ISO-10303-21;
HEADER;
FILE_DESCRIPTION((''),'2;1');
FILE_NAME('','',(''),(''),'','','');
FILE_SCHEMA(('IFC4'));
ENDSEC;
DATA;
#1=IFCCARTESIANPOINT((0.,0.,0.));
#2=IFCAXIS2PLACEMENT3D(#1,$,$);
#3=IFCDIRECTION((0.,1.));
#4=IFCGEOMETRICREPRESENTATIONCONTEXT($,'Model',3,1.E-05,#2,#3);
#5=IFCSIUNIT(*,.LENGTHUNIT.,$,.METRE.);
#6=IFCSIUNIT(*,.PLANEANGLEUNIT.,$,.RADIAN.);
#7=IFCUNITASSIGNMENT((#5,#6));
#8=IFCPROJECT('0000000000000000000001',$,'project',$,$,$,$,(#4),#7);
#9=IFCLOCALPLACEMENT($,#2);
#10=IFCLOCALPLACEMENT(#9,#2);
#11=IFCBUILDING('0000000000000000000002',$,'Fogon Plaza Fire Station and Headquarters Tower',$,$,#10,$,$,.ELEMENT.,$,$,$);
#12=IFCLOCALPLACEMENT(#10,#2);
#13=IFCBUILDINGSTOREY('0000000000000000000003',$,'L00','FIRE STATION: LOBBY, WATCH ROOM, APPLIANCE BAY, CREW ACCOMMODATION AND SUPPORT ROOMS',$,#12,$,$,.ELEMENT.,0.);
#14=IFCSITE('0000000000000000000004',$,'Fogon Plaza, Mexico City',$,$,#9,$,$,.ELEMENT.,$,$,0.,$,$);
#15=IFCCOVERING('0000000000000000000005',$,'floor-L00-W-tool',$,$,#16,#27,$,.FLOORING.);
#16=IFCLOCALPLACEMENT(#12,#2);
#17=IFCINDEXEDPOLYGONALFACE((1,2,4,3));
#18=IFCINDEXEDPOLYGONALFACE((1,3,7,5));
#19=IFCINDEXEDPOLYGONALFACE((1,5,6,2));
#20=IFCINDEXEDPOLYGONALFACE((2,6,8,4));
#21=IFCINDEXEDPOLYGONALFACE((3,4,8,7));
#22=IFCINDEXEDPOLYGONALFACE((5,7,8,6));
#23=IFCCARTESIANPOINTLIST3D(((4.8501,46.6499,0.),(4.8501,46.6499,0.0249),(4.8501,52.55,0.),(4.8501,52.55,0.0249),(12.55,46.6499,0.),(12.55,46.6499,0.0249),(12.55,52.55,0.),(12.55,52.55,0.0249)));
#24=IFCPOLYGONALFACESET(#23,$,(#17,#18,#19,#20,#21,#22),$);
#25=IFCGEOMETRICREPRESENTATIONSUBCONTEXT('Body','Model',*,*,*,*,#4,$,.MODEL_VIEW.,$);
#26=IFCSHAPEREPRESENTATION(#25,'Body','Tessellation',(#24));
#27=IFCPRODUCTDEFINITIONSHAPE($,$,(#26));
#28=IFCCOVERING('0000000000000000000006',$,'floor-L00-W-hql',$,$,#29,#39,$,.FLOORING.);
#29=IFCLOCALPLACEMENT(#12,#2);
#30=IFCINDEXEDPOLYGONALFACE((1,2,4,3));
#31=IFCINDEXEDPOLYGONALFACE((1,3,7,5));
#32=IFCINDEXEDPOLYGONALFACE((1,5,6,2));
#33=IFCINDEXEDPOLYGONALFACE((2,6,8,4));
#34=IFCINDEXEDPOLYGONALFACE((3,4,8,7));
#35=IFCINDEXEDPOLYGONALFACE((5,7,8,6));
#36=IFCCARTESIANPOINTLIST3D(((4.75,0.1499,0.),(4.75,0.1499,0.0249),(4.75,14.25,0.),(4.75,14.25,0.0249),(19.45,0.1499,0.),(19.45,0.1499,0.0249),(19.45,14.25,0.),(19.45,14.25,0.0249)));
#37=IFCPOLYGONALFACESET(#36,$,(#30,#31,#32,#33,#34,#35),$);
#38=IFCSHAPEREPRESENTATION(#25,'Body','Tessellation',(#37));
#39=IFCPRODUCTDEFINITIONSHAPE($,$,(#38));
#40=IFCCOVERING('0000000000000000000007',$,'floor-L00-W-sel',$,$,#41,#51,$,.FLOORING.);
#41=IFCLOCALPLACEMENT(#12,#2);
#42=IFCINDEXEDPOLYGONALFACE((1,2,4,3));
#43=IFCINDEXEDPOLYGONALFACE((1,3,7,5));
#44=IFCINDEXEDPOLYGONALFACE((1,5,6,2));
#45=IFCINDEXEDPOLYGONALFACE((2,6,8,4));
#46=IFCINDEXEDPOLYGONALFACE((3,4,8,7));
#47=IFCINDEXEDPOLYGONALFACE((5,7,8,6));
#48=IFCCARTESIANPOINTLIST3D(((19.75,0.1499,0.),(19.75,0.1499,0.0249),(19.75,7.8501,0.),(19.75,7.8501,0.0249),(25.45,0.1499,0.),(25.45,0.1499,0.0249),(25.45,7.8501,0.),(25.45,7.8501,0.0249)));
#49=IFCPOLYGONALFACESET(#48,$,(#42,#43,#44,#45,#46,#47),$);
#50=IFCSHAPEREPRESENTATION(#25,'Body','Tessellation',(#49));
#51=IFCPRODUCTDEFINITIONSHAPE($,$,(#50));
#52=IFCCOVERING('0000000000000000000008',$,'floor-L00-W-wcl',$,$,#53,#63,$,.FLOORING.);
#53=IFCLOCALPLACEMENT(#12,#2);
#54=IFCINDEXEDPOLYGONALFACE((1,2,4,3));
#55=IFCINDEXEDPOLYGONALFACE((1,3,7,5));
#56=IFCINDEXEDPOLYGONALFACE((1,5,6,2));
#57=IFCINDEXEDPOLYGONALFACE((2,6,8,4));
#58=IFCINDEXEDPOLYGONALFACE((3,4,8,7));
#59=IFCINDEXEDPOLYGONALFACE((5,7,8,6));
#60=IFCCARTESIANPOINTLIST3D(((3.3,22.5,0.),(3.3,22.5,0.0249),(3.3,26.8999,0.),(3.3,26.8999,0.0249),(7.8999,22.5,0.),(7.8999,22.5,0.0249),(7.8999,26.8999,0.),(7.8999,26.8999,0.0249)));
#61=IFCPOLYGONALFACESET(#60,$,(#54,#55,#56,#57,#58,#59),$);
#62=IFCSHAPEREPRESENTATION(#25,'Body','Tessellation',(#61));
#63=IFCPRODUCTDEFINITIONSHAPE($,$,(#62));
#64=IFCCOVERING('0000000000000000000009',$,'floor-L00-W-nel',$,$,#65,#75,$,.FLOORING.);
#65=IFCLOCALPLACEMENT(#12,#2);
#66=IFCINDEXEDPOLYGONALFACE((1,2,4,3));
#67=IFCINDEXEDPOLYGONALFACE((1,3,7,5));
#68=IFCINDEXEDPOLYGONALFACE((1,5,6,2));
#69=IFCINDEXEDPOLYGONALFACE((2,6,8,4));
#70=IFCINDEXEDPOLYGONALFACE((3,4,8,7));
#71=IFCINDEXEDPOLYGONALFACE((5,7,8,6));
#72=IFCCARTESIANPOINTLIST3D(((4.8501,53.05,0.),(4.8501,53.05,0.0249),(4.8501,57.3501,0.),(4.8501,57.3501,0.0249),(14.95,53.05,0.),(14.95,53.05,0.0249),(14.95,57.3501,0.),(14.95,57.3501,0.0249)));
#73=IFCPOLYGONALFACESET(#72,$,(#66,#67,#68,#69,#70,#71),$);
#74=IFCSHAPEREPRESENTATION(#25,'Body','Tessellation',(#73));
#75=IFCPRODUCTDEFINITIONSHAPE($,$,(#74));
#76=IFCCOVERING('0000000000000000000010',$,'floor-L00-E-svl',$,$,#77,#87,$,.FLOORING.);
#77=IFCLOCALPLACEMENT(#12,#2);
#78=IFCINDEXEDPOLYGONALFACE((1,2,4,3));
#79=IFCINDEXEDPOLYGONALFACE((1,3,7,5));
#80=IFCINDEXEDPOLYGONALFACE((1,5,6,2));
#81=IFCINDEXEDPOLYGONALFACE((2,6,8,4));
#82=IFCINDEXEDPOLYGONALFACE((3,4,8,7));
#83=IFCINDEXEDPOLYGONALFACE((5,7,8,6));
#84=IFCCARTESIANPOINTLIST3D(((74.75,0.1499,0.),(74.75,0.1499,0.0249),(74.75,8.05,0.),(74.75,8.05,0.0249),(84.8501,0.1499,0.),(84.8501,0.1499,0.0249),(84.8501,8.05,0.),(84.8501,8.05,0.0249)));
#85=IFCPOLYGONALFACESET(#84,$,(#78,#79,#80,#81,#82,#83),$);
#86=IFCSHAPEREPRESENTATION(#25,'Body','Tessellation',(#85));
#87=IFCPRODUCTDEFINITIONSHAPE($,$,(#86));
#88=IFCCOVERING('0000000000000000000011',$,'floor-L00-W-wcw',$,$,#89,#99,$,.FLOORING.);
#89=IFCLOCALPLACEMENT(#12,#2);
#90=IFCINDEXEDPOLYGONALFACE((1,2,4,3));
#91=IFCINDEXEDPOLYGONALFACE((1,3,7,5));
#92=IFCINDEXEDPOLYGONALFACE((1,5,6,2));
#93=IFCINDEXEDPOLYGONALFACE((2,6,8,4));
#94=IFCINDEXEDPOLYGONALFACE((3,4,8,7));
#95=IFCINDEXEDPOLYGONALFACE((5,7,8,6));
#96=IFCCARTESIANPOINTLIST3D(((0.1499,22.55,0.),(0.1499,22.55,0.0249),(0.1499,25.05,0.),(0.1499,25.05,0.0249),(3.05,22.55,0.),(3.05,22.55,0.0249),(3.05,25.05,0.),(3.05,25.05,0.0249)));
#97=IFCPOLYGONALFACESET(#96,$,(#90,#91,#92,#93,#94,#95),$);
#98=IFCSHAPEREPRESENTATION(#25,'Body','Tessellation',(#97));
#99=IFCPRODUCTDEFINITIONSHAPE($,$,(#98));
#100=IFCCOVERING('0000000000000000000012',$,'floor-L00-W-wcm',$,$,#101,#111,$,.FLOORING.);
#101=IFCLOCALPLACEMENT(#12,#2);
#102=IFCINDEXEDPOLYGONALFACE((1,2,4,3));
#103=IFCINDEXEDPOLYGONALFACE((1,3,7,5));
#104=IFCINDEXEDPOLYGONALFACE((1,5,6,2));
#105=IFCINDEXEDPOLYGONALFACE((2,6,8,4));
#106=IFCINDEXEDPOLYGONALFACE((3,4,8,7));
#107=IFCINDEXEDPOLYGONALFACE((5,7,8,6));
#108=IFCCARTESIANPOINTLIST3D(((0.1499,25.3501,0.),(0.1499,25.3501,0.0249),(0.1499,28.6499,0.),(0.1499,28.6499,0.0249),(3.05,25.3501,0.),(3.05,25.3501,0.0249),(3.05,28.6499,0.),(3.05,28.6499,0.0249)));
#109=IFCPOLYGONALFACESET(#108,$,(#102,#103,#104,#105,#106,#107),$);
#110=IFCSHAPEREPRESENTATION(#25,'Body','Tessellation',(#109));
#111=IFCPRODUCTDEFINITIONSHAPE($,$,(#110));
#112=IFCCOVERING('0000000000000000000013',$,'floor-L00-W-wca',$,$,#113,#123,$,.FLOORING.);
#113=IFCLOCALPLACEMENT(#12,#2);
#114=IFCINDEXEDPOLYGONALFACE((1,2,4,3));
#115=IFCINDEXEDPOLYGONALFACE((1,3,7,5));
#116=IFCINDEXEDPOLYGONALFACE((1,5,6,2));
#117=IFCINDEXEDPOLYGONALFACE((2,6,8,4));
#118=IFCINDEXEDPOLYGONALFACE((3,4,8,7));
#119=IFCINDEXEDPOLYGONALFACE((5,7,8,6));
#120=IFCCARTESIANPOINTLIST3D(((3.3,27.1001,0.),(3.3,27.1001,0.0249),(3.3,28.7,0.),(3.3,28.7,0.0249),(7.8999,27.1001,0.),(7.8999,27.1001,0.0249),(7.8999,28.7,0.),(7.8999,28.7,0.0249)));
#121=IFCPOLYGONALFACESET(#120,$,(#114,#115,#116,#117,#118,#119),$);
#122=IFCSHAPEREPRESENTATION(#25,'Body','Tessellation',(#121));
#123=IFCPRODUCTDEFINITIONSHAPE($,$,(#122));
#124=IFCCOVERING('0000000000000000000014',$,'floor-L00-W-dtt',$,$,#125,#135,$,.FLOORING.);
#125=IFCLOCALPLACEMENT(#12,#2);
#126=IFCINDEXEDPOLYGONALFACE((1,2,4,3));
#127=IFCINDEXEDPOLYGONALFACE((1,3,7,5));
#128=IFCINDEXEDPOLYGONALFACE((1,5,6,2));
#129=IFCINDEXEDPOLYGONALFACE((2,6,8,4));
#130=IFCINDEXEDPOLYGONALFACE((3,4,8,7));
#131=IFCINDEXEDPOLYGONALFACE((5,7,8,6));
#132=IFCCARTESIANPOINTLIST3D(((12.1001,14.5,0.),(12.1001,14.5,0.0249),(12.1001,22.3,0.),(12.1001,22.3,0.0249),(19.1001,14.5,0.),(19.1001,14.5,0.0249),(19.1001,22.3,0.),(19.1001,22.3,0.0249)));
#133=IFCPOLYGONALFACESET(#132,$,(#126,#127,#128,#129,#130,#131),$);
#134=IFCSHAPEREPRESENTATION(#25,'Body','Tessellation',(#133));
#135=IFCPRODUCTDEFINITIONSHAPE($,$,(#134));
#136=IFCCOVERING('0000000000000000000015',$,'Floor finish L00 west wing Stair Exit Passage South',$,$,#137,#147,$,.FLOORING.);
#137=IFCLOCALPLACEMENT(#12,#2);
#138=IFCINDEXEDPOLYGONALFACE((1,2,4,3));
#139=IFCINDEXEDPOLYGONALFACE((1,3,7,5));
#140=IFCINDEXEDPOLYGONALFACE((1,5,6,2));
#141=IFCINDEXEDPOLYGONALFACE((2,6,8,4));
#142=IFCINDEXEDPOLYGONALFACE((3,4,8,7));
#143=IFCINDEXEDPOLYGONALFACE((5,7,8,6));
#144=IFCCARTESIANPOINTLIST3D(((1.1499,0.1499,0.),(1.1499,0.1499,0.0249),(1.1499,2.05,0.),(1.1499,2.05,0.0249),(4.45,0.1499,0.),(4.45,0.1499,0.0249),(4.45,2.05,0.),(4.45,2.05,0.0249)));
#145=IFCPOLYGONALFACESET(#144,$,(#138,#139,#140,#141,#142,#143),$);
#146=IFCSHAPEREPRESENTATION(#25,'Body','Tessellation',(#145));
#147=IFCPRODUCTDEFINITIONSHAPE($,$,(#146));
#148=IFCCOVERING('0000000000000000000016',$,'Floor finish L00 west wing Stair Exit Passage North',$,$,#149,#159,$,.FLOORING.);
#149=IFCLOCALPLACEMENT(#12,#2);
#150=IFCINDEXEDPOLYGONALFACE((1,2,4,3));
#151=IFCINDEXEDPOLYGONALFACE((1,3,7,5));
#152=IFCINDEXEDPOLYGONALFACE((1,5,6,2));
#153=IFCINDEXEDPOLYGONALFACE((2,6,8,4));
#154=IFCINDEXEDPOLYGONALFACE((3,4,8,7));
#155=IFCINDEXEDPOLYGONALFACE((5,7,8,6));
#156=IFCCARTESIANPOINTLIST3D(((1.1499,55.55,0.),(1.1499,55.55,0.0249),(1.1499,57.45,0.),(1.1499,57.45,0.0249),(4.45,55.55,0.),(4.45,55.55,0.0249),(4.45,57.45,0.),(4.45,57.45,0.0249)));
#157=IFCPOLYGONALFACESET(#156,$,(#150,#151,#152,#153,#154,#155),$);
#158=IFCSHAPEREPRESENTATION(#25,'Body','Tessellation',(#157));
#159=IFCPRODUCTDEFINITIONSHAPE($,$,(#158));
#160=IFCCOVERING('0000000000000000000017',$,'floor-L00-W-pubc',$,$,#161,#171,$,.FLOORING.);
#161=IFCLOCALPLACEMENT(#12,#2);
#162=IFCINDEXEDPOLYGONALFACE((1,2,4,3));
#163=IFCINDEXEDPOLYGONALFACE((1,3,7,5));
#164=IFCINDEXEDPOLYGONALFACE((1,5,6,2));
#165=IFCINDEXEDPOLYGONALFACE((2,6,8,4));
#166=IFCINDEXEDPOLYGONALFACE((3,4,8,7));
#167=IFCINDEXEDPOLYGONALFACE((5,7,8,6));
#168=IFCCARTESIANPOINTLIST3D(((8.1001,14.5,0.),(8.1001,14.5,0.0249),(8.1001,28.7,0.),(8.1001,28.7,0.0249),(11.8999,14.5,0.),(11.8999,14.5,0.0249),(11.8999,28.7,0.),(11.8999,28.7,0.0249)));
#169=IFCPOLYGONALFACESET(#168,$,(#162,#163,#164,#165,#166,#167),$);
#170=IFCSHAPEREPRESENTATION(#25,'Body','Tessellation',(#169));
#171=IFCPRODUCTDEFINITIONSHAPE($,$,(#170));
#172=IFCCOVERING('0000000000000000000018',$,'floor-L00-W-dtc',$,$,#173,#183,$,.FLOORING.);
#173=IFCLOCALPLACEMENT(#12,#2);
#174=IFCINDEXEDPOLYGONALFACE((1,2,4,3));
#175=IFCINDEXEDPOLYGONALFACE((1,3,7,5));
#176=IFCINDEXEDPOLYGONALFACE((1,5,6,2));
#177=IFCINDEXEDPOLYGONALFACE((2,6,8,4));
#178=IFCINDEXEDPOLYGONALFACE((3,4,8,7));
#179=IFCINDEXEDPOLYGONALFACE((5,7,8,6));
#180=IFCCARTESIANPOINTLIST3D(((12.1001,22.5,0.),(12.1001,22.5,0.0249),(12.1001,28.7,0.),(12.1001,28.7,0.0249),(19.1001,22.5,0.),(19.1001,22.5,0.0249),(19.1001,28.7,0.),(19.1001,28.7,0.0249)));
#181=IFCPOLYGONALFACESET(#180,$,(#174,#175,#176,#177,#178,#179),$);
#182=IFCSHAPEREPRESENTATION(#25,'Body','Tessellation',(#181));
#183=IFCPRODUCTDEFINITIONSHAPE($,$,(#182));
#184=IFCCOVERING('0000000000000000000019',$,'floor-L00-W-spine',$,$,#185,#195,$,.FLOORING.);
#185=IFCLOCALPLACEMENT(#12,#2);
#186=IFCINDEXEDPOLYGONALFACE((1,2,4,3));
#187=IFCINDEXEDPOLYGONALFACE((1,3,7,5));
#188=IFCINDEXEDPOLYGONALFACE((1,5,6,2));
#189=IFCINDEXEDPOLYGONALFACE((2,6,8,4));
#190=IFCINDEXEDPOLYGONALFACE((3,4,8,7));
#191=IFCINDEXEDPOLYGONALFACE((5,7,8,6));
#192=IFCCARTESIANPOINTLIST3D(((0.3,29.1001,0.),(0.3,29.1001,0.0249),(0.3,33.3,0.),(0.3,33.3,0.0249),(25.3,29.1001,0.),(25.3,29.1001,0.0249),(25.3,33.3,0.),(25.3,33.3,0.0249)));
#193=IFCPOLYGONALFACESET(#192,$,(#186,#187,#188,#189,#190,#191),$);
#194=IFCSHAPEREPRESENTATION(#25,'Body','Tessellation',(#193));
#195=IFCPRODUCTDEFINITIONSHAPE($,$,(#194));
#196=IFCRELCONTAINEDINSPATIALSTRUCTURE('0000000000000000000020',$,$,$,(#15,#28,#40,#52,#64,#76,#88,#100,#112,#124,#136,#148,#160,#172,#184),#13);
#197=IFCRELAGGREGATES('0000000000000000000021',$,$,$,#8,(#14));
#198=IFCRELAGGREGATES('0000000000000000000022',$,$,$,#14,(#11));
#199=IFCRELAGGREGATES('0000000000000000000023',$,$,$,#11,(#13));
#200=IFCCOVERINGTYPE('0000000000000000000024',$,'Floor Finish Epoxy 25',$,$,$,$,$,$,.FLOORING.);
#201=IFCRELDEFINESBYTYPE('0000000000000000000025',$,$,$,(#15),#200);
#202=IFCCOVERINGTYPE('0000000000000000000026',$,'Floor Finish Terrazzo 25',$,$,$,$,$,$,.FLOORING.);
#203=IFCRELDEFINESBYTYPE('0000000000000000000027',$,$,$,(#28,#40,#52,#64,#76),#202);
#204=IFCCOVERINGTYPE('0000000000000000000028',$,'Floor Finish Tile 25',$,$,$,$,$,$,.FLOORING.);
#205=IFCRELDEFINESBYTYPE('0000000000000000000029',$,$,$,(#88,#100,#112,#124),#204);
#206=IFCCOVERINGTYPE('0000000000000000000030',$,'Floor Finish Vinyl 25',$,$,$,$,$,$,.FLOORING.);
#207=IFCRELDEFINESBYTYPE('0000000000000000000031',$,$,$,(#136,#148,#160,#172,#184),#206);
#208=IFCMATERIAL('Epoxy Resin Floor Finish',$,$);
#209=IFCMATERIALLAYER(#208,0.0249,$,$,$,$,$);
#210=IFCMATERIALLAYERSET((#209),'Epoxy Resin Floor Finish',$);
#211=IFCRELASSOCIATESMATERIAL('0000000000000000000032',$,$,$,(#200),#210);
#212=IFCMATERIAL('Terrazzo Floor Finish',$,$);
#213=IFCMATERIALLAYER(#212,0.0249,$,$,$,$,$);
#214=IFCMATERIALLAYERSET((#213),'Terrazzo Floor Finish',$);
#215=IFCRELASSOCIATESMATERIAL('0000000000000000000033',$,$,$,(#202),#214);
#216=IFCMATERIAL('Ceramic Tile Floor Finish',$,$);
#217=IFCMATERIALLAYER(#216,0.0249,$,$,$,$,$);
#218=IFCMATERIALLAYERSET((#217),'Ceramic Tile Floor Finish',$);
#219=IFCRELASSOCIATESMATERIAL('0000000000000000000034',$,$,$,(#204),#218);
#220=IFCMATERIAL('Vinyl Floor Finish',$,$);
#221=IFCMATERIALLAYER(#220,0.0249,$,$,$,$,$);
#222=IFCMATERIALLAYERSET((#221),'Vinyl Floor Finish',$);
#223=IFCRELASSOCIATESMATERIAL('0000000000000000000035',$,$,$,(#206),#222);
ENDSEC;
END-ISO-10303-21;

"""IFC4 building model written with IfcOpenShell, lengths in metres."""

from ifc_helpers import new_model, si_unit, direction, origin, place, context, subcontext, project, spatial, polyline, outline, extrude, material, layer, layer_set, type_object, element, save


model = new_model("IFC4")

# Units and contexts
model_context = context("Model", 3, precision=1e-05, world=origin(), true_north=direction((0.0, 1.0)))
body_context = subcontext(model_context, "Body", "Model", "MODEL_VIEW")
ifc_project = project(units=[si_unit("LENGTHUNIT", "METRE"), si_unit("PLANEANGLEUNIT", "RADIAN")], contexts=[model_context])

# Site, building, storey
site_placement = place(None, origin())
site = spatial("IfcSite", under=ifc_project, at=site_placement, Name="Fogon Plaza, Mexico City", CompositionType="ELEMENT", RefElevation=0.0)
building_placement = place(site_placement, origin())
building = spatial("IfcBuilding", under=site, at=building_placement, Name="Fogon Plaza Fire Station and Headquarters Tower", CompositionType="ELEMENT")
storey_placement = place(building_placement, origin())
storey = spatial("IfcBuildingStorey", under=building, at=storey_placement, Name="L00", Description="FIRE STATION: LOBBY, WATCH ROOM, APPLIANCE BAY, CREW ACCOMMODATION AND SUPPORT ROOMS", CompositionType="ELEMENT", Elevation=0.0)

# Coverings
ifc_material_1 = material(Name="Epoxy Resin Floor Finish")
ifc_layer_1 = layer(ifc_material_1, 0.0249)
ifc_layer_set_1 = layer_set([ifc_layer_1], Name="Epoxy Resin Floor Finish")
covering_type_1 = type_object("IfcCoveringType", Name="Floor Finish Epoxy 25", PredefinedType="FLOORING", material=ifc_layer_set_1)
covering_1_placement = place(storey_placement, origin())
element("IfcCovering", 1, at=covering_1_placement, inside=storey, type_object=covering_type_1, Name="floor-L00-W-tool", PredefinedType="FLOORING", context=body_context, shape_type="SweptSolid", body=[
    extrude(outline(polyline([(4.8501, 46.6499), (4.8501, 52.55), (12.55, 52.55), (12.55, 46.6499), (4.8501, 46.6499)])), origin(), (0.0, 0.0, 1.0), 0.0249),
])
ifc_material_2 = material(Name="Terrazzo Floor Finish")
ifc_layer_2 = layer(ifc_material_2, 0.0249)
ifc_layer_set_2 = layer_set([ifc_layer_2], Name="Terrazzo Floor Finish")
covering_type_2 = type_object("IfcCoveringType", Name="Floor Finish Terrazzo 25", PredefinedType="FLOORING", material=ifc_layer_set_2)
covering_2_placement = place(storey_placement, origin())
element("IfcCovering", 2, at=covering_2_placement, inside=storey, type_object=covering_type_2, Name="floor-L00-W-hql", PredefinedType="FLOORING", context=body_context, shape_type="SweptSolid", body=[
    extrude(outline(polyline([(4.75, 0.1499), (4.75, 14.25), (19.45, 14.25), (19.45, 0.1499), (4.75, 0.1499)])), origin(), (0.0, 0.0, 1.0), 0.0249),
])
covering_3_placement = place(storey_placement, origin())
element("IfcCovering", 3, at=covering_3_placement, inside=storey, type_object=covering_type_2, Name="floor-L00-W-sel", PredefinedType="FLOORING", context=body_context, shape_type="SweptSolid", body=[
    extrude(outline(polyline([(19.75, 0.1499), (19.75, 7.8501), (25.45, 7.8501), (25.45, 0.1499), (19.75, 0.1499)])), origin(), (0.0, 0.0, 1.0), 0.0249),
])
covering_4_placement = place(storey_placement, origin())
element("IfcCovering", 4, at=covering_4_placement, inside=storey, type_object=covering_type_2, Name="floor-L00-W-wcl", PredefinedType="FLOORING", context=body_context, shape_type="SweptSolid", body=[
    extrude(outline(polyline([(3.3, 22.5), (3.3, 26.8999), (7.8999, 26.8999), (7.8999, 22.5), (3.3, 22.5)])), origin(), (0.0, 0.0, 1.0), 0.0249),
])
covering_5_placement = place(storey_placement, origin())
element("IfcCovering", 5, at=covering_5_placement, inside=storey, type_object=covering_type_2, Name="floor-L00-W-nel", PredefinedType="FLOORING", context=body_context, shape_type="SweptSolid", body=[
    extrude(outline(polyline([(4.8501, 53.05), (4.8501, 57.3501), (14.95, 57.3501), (14.95, 53.05), (4.8501, 53.05)])), origin(), (0.0, 0.0, 1.0), 0.0249),
])
covering_6_placement = place(storey_placement, origin())
element("IfcCovering", 6, at=covering_6_placement, inside=storey, type_object=covering_type_2, Name="floor-L00-E-svl", PredefinedType="FLOORING", context=body_context, shape_type="SweptSolid", body=[
    extrude(outline(polyline([(74.75, 0.1499), (74.75, 8.05), (84.8501, 8.05), (84.8501, 0.1499), (74.75, 0.1499)])), origin(), (0.0, 0.0, 1.0), 0.0249),
])
ifc_material_3 = material(Name="Ceramic Tile Floor Finish")
ifc_layer_3 = layer(ifc_material_3, 0.0249)
ifc_layer_set_3 = layer_set([ifc_layer_3], Name="Ceramic Tile Floor Finish")
covering_type_3 = type_object("IfcCoveringType", Name="Floor Finish Tile 25", PredefinedType="FLOORING", material=ifc_layer_set_3)
covering_7_placement = place(storey_placement, origin())
element("IfcCovering", 7, at=covering_7_placement, inside=storey, type_object=covering_type_3, Name="floor-L00-W-wcw", PredefinedType="FLOORING", context=body_context, shape_type="SweptSolid", body=[
    extrude(outline(polyline([(0.1499, 22.55), (0.1499, 25.05), (3.05, 25.05), (3.05, 22.55), (0.1499, 22.55)])), origin(), (0.0, 0.0, 1.0), 0.0249),
])
covering_8_placement = place(storey_placement, origin())
element("IfcCovering", 8, at=covering_8_placement, inside=storey, type_object=covering_type_3, Name="floor-L00-W-wcm", PredefinedType="FLOORING", context=body_context, shape_type="SweptSolid", body=[
    extrude(outline(polyline([(0.1499, 25.3501), (0.1499, 28.6499), (3.05, 28.6499), (3.05, 25.3501), (0.1499, 25.3501)])), origin(), (0.0, 0.0, 1.0), 0.0249),
])
covering_9_placement = place(storey_placement, origin())
element("IfcCovering", 9, at=covering_9_placement, inside=storey, type_object=covering_type_3, Name="floor-L00-W-wca", PredefinedType="FLOORING", context=body_context, shape_type="SweptSolid", body=[
    extrude(outline(polyline([(3.3, 27.1001), (3.3, 28.7), (7.8999, 28.7), (7.8999, 27.1001), (3.3, 27.1001)])), origin(), (0.0, 0.0, 1.0), 0.0249),
])
covering_10_placement = place(storey_placement, origin())
element("IfcCovering", 10, at=covering_10_placement, inside=storey, type_object=covering_type_3, Name="floor-L00-W-dtt", PredefinedType="FLOORING", context=body_context, shape_type="SweptSolid", body=[
    extrude(outline(polyline([(12.1001, 14.5), (12.1001, 22.3), (19.1001, 22.3), (19.1001, 14.5), (12.1001, 14.5)])), origin(), (0.0, 0.0, 1.0), 0.0249),
])
ifc_material_4 = material(Name="Vinyl Floor Finish")
ifc_layer_4 = layer(ifc_material_4, 0.0249)
ifc_layer_set_4 = layer_set([ifc_layer_4], Name="Vinyl Floor Finish")
covering_type_4 = type_object("IfcCoveringType", Name="Floor Finish Vinyl 25", PredefinedType="FLOORING", material=ifc_layer_set_4)
covering_11_placement = place(storey_placement, origin())
element("IfcCovering", 11, at=covering_11_placement, inside=storey, type_object=covering_type_4, Name="Floor finish L00 west wing Stair Exit Passage South", PredefinedType="FLOORING", context=body_context, shape_type="SweptSolid", body=[
    extrude(outline(polyline([(1.1499, 0.1499), (1.1499, 2.05), (4.45, 2.05), (4.45, 0.1499), (1.1499, 0.1499)])), origin(), (0.0, 0.0, 1.0), 0.0249),
])
covering_12_placement = place(storey_placement, origin())
element("IfcCovering", 12, at=covering_12_placement, inside=storey, type_object=covering_type_4, Name="Floor finish L00 west wing Stair Exit Passage North", PredefinedType="FLOORING", context=body_context, shape_type="SweptSolid", body=[
    extrude(outline(polyline([(1.1499, 55.55), (1.1499, 57.45), (4.45, 57.45), (4.45, 55.55), (1.1499, 55.55)])), origin(), (0.0, 0.0, 1.0), 0.0249),
])
covering_13_placement = place(storey_placement, origin())
element("IfcCovering", 13, at=covering_13_placement, inside=storey, type_object=covering_type_4, Name="floor-L00-W-pubc", PredefinedType="FLOORING", context=body_context, shape_type="SweptSolid", body=[
    extrude(outline(polyline([(8.1001, 14.5), (8.1001, 28.7), (11.8999, 28.7), (11.8999, 14.5), (8.1001, 14.5)])), origin(), (0.0, 0.0, 1.0), 0.0249),
])
covering_14_placement = place(storey_placement, origin())
element("IfcCovering", 14, at=covering_14_placement, inside=storey, type_object=covering_type_4, Name="floor-L00-W-dtc", PredefinedType="FLOORING", context=body_context, shape_type="SweptSolid", body=[
    extrude(outline(polyline([(12.1001, 22.5), (12.1001, 28.7), (19.1001, 28.7), (19.1001, 22.5), (12.1001, 22.5)])), origin(), (0.0, 0.0, 1.0), 0.0249),
])
covering_15_placement = place(storey_placement, origin())
element("IfcCovering", 15, at=covering_15_placement, inside=storey, type_object=covering_type_4, Name="floor-L00-W-spine", PredefinedType="FLOORING", context=body_context, shape_type="SweptSolid", body=[
    extrude(outline(polyline([(0.3, 29.1001), (0.3, 33.3), (25.3, 33.3), (25.3, 29.1001), (0.3, 29.1001)])), origin(), (0.0, 0.0, 1.0), 0.0249),
])

save(model, "model.ifc")
